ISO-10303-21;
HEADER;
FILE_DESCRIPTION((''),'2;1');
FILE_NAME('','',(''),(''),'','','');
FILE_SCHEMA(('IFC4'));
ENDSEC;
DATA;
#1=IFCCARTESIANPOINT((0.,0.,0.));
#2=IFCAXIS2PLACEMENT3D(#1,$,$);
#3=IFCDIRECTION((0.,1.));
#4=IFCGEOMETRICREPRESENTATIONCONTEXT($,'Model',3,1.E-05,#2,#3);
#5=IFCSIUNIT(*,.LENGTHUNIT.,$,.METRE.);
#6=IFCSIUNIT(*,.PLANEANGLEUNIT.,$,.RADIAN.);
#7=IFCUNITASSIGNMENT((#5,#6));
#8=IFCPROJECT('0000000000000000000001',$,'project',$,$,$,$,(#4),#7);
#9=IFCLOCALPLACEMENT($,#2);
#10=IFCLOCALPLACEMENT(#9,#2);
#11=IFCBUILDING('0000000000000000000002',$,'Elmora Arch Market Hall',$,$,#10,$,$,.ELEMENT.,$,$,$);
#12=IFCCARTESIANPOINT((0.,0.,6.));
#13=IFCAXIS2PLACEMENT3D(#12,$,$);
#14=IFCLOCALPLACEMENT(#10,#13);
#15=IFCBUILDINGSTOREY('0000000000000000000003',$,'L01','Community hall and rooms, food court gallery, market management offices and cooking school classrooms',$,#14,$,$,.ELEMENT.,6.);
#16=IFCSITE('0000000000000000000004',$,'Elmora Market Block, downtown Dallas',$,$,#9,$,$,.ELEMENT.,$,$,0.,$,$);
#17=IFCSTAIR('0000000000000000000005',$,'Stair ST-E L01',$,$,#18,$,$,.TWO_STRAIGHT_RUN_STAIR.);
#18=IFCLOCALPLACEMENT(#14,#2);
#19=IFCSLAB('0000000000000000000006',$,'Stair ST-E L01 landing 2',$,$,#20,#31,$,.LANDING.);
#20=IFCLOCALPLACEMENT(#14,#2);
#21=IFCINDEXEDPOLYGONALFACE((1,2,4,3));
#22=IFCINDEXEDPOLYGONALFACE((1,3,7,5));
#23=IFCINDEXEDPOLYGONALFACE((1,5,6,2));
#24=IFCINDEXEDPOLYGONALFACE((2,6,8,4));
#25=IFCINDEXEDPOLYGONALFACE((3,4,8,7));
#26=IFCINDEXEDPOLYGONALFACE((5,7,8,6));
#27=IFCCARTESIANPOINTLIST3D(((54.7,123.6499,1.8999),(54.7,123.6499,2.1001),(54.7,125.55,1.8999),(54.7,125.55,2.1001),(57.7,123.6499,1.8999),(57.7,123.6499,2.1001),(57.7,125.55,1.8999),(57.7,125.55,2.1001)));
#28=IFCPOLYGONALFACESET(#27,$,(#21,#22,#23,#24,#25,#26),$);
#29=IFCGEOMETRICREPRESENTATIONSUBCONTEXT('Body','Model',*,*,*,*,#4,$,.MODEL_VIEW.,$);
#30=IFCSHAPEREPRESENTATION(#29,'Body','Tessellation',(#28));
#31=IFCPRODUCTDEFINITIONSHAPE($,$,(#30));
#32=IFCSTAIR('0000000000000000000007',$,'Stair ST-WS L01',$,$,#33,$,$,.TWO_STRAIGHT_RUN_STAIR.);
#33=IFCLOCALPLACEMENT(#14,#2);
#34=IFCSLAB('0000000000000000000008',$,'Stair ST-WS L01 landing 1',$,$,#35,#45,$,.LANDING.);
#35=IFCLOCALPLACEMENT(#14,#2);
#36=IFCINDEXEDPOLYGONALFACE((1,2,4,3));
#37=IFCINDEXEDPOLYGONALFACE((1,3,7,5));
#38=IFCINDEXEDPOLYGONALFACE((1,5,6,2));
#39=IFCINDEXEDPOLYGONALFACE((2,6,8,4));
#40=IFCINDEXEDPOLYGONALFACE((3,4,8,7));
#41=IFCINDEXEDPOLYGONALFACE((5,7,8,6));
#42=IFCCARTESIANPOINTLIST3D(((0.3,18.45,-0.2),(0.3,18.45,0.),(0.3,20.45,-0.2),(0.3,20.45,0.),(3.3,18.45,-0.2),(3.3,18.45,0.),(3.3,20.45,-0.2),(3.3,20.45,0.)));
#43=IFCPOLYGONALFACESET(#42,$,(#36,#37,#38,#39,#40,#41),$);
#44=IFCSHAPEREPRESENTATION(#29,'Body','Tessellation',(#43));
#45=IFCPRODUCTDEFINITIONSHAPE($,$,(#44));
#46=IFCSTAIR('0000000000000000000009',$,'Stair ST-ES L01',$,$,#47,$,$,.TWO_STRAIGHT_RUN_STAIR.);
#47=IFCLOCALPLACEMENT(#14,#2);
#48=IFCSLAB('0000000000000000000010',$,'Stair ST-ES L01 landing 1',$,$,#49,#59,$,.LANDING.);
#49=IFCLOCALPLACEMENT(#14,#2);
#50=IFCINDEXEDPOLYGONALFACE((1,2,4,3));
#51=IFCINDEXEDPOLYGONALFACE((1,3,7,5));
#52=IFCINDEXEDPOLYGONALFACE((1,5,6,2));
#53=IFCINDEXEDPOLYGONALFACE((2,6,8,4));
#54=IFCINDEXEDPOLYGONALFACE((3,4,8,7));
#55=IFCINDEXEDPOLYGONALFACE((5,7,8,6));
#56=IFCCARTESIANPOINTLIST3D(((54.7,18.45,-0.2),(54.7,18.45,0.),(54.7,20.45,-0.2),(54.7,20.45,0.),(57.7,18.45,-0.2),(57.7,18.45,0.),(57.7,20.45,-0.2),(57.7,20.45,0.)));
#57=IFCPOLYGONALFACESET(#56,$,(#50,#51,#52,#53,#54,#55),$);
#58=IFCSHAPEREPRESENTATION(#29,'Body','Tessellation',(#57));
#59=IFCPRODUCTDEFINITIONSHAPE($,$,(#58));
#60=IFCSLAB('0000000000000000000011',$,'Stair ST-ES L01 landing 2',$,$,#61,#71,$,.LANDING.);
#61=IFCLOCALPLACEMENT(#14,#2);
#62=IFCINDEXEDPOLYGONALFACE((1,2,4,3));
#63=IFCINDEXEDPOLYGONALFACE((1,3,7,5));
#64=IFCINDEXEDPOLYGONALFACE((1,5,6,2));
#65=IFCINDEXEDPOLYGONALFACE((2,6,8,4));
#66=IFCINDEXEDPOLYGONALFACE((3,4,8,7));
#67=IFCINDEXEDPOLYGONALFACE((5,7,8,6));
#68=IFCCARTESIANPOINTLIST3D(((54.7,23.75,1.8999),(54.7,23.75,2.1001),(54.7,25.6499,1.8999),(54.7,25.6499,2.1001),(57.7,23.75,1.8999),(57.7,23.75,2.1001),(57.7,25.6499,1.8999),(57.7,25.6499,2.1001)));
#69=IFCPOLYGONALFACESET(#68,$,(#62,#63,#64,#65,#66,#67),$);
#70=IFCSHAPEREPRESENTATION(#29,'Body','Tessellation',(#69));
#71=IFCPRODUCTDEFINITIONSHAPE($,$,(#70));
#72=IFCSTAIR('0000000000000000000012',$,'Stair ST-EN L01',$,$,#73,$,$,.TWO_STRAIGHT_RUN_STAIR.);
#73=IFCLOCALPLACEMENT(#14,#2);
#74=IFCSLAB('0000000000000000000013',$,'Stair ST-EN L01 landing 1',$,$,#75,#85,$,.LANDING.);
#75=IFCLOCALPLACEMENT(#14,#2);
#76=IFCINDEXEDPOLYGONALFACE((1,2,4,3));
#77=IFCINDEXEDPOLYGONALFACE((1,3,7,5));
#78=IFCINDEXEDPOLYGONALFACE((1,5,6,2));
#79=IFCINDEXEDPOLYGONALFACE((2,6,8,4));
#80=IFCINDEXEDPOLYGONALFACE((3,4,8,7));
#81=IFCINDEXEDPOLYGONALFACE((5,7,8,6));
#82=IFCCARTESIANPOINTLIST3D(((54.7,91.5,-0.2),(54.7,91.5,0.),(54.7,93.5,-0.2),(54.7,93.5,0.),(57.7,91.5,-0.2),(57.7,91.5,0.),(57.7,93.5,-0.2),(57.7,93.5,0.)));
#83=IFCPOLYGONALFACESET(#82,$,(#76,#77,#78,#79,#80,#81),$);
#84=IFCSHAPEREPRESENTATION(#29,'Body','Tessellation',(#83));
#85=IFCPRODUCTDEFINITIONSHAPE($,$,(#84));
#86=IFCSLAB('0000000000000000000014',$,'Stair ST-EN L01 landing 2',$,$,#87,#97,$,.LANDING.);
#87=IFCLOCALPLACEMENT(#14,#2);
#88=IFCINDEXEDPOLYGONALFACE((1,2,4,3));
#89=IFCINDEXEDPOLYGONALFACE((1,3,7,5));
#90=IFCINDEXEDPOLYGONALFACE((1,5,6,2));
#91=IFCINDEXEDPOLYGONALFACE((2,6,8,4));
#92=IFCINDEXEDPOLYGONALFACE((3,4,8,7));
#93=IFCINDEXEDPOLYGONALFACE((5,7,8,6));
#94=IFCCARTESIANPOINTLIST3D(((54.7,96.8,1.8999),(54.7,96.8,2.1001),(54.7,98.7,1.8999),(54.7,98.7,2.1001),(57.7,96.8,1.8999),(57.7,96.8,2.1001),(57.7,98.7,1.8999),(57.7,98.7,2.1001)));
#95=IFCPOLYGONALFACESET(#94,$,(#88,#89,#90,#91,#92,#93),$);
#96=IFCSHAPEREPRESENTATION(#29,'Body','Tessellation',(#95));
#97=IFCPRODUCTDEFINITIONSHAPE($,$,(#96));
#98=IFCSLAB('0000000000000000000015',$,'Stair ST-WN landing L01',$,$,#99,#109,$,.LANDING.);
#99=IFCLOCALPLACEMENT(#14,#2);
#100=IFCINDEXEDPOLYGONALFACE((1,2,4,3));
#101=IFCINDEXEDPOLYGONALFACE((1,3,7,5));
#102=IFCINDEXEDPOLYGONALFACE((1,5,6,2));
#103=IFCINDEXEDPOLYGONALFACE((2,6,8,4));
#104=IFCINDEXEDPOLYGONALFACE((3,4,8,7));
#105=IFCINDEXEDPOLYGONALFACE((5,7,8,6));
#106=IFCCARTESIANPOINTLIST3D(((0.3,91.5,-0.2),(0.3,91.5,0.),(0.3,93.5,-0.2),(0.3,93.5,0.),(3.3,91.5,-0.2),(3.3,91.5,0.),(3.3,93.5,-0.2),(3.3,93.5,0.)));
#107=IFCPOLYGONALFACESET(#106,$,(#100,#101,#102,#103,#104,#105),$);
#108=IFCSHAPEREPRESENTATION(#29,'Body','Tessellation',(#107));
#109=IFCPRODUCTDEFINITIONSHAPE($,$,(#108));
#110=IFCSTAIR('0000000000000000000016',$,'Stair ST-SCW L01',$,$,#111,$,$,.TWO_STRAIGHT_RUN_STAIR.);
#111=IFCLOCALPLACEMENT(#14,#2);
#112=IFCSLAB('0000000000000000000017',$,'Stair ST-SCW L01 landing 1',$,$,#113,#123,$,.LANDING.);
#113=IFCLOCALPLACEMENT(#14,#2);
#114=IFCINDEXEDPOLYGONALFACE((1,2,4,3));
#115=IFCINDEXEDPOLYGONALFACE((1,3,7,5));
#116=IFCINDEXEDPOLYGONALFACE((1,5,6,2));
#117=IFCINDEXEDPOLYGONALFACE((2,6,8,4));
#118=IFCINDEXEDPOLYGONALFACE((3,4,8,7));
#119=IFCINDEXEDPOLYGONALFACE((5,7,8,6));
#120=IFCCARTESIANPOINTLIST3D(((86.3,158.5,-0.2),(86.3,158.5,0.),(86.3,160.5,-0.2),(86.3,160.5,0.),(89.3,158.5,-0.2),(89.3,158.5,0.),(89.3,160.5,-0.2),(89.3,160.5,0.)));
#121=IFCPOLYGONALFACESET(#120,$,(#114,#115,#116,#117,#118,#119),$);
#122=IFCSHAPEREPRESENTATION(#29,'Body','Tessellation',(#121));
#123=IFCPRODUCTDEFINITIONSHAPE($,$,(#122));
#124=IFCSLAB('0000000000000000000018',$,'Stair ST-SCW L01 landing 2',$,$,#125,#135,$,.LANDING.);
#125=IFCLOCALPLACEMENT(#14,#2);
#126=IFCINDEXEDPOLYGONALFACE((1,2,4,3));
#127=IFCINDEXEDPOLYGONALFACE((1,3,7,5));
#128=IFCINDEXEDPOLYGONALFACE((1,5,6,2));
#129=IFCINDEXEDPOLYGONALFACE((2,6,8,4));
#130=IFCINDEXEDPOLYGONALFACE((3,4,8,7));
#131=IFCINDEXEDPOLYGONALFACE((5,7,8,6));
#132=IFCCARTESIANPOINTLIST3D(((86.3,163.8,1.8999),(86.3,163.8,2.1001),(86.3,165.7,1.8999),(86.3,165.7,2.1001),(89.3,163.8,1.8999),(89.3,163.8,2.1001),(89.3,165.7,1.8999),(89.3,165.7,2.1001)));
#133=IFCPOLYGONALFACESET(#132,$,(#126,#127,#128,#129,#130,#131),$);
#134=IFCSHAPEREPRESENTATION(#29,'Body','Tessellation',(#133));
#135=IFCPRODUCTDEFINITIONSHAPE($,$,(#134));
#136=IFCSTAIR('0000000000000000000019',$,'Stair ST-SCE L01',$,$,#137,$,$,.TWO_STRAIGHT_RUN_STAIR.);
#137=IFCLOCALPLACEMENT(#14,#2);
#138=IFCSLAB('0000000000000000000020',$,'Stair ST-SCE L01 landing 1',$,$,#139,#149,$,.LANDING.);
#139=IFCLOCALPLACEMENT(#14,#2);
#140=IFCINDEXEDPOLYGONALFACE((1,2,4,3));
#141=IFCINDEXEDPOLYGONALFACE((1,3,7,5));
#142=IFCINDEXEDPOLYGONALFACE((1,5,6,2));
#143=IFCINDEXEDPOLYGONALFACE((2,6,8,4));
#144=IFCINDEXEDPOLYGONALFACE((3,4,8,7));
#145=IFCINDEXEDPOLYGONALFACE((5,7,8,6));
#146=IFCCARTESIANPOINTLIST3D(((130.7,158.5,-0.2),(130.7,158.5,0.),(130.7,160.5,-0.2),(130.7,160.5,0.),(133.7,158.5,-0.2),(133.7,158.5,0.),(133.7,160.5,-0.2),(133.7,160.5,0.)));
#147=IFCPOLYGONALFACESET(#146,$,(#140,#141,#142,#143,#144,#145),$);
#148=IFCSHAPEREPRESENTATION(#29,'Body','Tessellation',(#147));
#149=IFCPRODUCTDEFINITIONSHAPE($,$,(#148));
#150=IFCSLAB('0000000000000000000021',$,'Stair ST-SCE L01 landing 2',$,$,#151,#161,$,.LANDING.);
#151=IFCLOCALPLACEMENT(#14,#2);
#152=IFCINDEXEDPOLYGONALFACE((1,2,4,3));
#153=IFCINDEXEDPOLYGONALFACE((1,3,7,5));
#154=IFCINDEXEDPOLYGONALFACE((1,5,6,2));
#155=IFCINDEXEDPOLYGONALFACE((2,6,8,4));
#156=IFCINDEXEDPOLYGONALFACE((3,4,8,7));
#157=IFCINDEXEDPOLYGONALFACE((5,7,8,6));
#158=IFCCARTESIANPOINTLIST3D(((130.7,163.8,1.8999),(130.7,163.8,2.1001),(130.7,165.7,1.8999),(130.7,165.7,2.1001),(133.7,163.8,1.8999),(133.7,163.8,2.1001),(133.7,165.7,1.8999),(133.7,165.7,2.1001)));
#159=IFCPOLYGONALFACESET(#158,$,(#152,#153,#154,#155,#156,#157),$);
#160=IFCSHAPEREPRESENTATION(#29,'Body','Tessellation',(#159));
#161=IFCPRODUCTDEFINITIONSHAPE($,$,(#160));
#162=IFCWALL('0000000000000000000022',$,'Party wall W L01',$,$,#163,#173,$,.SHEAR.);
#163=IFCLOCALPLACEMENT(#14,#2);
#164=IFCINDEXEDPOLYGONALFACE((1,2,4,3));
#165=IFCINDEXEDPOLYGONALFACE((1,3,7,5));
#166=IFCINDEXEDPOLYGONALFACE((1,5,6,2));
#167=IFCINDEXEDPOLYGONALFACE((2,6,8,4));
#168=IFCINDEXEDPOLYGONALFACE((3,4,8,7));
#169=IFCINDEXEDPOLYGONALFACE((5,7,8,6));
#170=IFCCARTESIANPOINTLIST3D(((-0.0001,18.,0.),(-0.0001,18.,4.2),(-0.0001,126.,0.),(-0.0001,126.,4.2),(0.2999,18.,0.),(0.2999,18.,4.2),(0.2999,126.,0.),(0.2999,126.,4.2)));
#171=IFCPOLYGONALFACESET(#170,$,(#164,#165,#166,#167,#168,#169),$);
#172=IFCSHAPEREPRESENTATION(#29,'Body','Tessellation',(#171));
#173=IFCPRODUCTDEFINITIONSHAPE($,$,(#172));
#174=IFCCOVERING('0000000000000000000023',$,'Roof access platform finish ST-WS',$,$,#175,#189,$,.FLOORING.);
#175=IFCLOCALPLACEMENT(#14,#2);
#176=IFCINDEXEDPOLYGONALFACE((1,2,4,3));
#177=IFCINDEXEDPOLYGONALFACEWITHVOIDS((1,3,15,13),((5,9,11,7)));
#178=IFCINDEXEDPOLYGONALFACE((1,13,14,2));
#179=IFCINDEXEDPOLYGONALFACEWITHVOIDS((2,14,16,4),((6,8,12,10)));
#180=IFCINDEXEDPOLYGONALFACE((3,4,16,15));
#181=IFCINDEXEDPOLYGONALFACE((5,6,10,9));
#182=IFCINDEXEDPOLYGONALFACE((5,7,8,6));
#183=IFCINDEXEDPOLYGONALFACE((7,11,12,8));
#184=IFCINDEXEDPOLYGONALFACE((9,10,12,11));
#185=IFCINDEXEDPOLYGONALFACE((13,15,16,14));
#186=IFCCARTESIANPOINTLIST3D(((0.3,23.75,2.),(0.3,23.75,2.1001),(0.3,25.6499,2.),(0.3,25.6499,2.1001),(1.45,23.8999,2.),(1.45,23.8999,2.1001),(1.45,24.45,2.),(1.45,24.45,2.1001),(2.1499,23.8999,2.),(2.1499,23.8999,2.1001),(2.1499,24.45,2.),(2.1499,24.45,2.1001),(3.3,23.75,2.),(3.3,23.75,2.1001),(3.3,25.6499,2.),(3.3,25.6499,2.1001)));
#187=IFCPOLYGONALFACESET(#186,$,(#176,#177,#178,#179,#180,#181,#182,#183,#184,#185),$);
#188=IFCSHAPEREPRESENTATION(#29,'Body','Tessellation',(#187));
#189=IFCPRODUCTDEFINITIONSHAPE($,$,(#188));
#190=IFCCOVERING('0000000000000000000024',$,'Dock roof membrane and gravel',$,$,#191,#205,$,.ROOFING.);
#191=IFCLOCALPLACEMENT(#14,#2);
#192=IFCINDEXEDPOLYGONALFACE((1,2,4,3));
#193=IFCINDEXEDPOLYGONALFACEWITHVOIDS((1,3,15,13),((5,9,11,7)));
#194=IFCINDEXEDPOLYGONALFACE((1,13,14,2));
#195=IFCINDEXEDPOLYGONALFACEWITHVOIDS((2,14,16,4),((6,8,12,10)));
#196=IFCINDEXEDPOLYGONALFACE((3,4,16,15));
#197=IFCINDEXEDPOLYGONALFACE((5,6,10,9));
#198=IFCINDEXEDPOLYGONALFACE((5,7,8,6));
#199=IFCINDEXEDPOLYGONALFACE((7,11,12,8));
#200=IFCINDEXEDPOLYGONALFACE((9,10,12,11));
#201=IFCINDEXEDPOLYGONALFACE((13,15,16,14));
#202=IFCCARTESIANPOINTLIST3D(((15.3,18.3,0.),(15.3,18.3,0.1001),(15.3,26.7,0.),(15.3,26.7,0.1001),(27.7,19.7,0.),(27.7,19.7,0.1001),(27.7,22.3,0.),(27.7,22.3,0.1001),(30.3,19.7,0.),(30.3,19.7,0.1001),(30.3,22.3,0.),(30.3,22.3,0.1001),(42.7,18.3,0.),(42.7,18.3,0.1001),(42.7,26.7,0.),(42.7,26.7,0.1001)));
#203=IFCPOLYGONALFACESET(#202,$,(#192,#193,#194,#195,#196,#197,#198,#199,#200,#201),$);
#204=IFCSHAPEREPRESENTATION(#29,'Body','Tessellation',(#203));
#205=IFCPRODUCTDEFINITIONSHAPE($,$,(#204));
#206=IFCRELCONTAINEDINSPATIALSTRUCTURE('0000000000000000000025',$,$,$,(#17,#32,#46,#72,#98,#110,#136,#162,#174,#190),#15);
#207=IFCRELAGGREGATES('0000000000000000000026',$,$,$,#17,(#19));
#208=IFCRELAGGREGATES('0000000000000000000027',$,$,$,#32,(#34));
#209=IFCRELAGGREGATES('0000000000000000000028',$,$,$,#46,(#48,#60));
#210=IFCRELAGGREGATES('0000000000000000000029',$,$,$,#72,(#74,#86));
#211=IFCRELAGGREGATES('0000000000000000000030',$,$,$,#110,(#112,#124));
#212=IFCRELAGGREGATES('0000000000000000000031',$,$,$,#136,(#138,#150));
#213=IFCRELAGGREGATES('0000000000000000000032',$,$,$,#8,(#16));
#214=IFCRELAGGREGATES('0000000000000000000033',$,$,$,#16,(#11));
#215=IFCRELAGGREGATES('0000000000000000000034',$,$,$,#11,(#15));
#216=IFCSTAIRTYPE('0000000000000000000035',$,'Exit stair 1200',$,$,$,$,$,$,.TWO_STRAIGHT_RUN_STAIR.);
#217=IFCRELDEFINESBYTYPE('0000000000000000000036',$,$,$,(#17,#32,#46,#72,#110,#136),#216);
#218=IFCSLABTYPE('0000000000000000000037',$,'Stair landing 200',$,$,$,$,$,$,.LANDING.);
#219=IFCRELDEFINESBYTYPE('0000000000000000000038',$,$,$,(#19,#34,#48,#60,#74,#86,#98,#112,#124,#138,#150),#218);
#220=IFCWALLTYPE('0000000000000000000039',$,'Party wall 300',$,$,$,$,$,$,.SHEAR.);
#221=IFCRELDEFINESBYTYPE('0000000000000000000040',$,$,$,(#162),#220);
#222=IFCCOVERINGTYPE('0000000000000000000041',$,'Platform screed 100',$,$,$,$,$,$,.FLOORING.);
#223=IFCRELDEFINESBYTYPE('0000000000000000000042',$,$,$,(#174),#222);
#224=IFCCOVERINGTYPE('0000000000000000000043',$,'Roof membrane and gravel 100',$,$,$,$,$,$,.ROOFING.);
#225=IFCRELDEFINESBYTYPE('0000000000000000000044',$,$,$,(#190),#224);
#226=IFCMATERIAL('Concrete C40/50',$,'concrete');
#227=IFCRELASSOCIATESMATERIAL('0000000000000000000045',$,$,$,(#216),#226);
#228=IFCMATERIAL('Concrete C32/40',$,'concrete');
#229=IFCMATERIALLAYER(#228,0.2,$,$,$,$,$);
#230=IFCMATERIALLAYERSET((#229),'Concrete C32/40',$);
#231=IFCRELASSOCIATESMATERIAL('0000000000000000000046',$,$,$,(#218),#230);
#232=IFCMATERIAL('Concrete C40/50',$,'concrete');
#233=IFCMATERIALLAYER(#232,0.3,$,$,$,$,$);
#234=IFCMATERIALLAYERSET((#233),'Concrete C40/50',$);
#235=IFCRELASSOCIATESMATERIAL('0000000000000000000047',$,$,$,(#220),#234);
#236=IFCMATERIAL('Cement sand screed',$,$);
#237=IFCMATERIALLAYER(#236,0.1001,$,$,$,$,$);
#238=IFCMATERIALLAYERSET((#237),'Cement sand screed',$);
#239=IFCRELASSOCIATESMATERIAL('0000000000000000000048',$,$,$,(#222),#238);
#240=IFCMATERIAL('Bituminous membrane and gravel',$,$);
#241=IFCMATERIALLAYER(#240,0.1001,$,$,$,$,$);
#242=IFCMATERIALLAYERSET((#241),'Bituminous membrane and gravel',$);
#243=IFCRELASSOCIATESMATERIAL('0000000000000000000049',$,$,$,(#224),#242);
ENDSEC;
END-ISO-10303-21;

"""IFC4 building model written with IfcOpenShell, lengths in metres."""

from ifc_helpers import new_model, si_unit, direction, frame, frame_2d, origin, place, context, subcontext, project, spatial, polyline, rectangle, outline, extrude, material, layer, layer_set, type_object, element, aggregate, save


model = new_model("IFC4")

# Units and contexts
model_context = context("Model", 3, precision=1e-05, world=origin(), true_north=direction((0.0, 1.0)))
body_context = subcontext(model_context, "Body", "Model", "MODEL_VIEW")
ifc_project = project(units=[si_unit("LENGTHUNIT", "METRE"), si_unit("PLANEANGLEUNIT", "RADIAN")], contexts=[model_context])

# Site, building, storey
site_placement = place(None, origin())
site = spatial("IfcSite", under=ifc_project, at=site_placement, Name="Elmora Market Block, downtown Dallas", CompositionType="ELEMENT", RefElevation=0.0)
building_placement = place(site_placement, origin())
building = spatial("IfcBuilding", under=site, at=building_placement, Name="Elmora Arch Market Hall", CompositionType="ELEMENT")
storey_placement = place(building_placement, frame((0.0, 0.0, 6.0)))
storey = spatial("IfcBuildingStorey", under=building, at=storey_placement, Name="L01", Description="Community hall and rooms, food court gallery, market management offices and cooking school classrooms", CompositionType="ELEMENT", Elevation=6.0)

# Stair, slab
ifc_material_1 = material(Name="Concrete C40/50", Category="concrete")
stair_type = type_object("IfcStairType", Name="Exit stair 1200", PredefinedType="TWO_STRAIGHT_RUN_STAIR", material=ifc_material_1)
ifc_material_2 = material(Name="Concrete C32/40", Category="concrete")
ifc_layer_1 = layer(ifc_material_2, 0.2)
ifc_layer_set_1 = layer_set([ifc_layer_1], Name="Concrete C32/40")
slab_type_1 = type_object("IfcSlabType", Name="Stair landing 200", PredefinedType="LANDING", material=ifc_layer_set_1)
stair_1_placement = place(storey_placement, origin())
stair_1 = element("IfcStair", 1, at=stair_1_placement, inside=storey, type_object=stair_type, Name="Stair ST-E L01", PredefinedType="TWO_STRAIGHT_RUN_STAIR")
slab_1_placement = place(storey_placement, frame((0.0, 0.0, 1.8999)))
slab_1 = element("IfcSlab", 2, at=slab_1_placement, type_object=slab_type_1, Name="Stair ST-E L01 landing 2", PredefinedType="LANDING", context=body_context, shape_type="SweptSolid", body=[
    extrude(outline(polyline([(54.7, 123.6499), (57.7, 123.6499), (57.7, 125.55), (54.7, 125.55), (54.7, 123.6499)])), origin(), (0.0, 0.0, 1.0), 0.2002),
])
aggregate(stair_1, [slab_1])

# Stair, slab
stair_2_placement = place(storey_placement, origin())
stair_2 = element("IfcStair", 3, at=stair_2_placement, inside=storey, type_object=stair_type, Name="Stair ST-WS L01", PredefinedType="TWO_STRAIGHT_RUN_STAIR")
slab_2_placement = place(storey_placement, frame((0.0, 0.0, -0.2)))
slab_2 = element("IfcSlab", 4, at=slab_2_placement, type_object=slab_type_1, Name="Stair ST-WS L01 landing 1", PredefinedType="LANDING", context=body_context, shape_type="SweptSolid", body=[
    extrude(outline(polyline([(0.3, 18.45), (3.3, 18.45), (3.3, 20.45), (0.3, 20.45), (0.3, 18.45)])), origin(), (0.0, 0.0, 1.0), 0.2),
])
aggregate(stair_2, [slab_2])

# Stairs, slabs
stair_3_placement = place(storey_placement, origin())
stair_3 = element("IfcStair", 5, at=stair_3_placement, inside=storey, type_object=stair_type, Name="Stair ST-ES L01", PredefinedType="TWO_STRAIGHT_RUN_STAIR")
slab_3_placement = place(storey_placement, frame((0.0, 0.0, -0.2)))
slab_3 = element("IfcSlab", 6, at=slab_3_placement, type_object=slab_type_1, Name="Stair ST-ES L01 landing 1", PredefinedType="LANDING", context=body_context, shape_type="SweptSolid", body=[
    extrude(outline(polyline([(54.7, 18.45), (57.7, 18.45), (57.7, 20.45), (54.7, 20.45), (54.7, 18.45)])), origin(), (0.0, 0.0, 1.0), 0.2),
])
slab_4_placement = place(storey_placement, frame((0.0, 0.0, 1.8999)))
slab_4 = element("IfcSlab", 7, at=slab_4_placement, type_object=slab_type_1, Name="Stair ST-ES L01 landing 2", PredefinedType="LANDING", context=body_context, shape_type="SweptSolid", body=[
    extrude(outline(polyline([(54.7, 23.75), (57.7, 23.75), (57.7, 25.6499), (54.7, 25.6499), (54.7, 23.75)])), origin(), (0.0, 0.0, 1.0), 0.2002),
])
aggregate(stair_3, [slab_3, slab_4])
stair_4_placement = place(storey_placement, origin())
stair_4 = element("IfcStair", 8, at=stair_4_placement, inside=storey, type_object=stair_type, Name="Stair ST-EN L01", PredefinedType="TWO_STRAIGHT_RUN_STAIR")
slab_5_placement = place(storey_placement, frame((0.0, 0.0, -0.2)))
slab_5 = element("IfcSlab", 9, at=slab_5_placement, type_object=slab_type_1, Name="Stair ST-EN L01 landing 1", PredefinedType="LANDING", context=body_context, shape_type="SweptSolid", body=[
    extrude(outline(polyline([(54.7, 91.5), (57.7, 91.5), (57.7, 93.5), (54.7, 93.5), (54.7, 91.5)])), origin(), (0.0, 0.0, 1.0), 0.2),
])
slab_6_placement = place(storey_placement, frame((0.0, 0.0, 1.8999)))
slab_6 = element("IfcSlab", 10, at=slab_6_placement, type_object=slab_type_1, Name="Stair ST-EN L01 landing 2", PredefinedType="LANDING", context=body_context, shape_type="SweptSolid", body=[
    extrude(outline(polyline([(54.7, 96.8), (57.7, 96.8), (57.7, 98.7), (54.7, 98.7), (54.7, 96.8)])), origin(), (0.0, 0.0, 1.0), 0.2002),
])
aggregate(stair_4, [slab_5, slab_6])

# Slab
slab_7_placement = place(storey_placement, frame((0.0, 0.0, -0.2)))
element("IfcSlab", 11, at=slab_7_placement, inside=storey, type_object=slab_type_1, Name="Stair ST-WN landing L01", PredefinedType="LANDING", context=body_context, shape_type="SweptSolid", body=[
    extrude(outline(polyline([(0.3, 91.5), (3.3, 91.5), (3.3, 93.5), (0.3, 93.5), (0.3, 91.5)])), origin(), (0.0, 0.0, 1.0), 0.2),
])

# Stairs, slabs
stair_5_placement = place(storey_placement, origin())
stair_5 = element("IfcStair", 12, at=stair_5_placement, inside=storey, type_object=stair_type, Name="Stair ST-SCW L01", PredefinedType="TWO_STRAIGHT_RUN_STAIR")
slab_8_placement = place(storey_placement, frame((0.0, 0.0, -0.2)))
slab_8 = element("IfcSlab", 13, at=slab_8_placement, type_object=slab_type_1, Name="Stair ST-SCW L01 landing 1", PredefinedType="LANDING", context=body_context, shape_type="SweptSolid", body=[
    extrude(outline(polyline([(86.3, 158.5), (89.3, 158.5), (89.3, 160.5), (86.3, 160.5), (86.3, 158.5)])), origin(), (0.0, 0.0, 1.0), 0.2),
])
slab_9_placement = place(storey_placement, frame((0.0, 0.0, 1.8999)))
slab_9 = element("IfcSlab", 14, at=slab_9_placement, type_object=slab_type_1, Name="Stair ST-SCW L01 landing 2", PredefinedType="LANDING", context=body_context, shape_type="SweptSolid", body=[
    extrude(outline(polyline([(86.3, 163.8), (89.3, 163.8), (89.3, 165.7), (86.3, 165.7), (86.3, 163.8)])), origin(), (0.0, 0.0, 1.0), 0.2002),
])
aggregate(stair_5, [slab_8, slab_9])
stair_6_placement = place(storey_placement, origin())
stair_6 = element("IfcStair", 15, at=stair_6_placement, inside=storey, type_object=stair_type, Name="Stair ST-SCE L01", PredefinedType="TWO_STRAIGHT_RUN_STAIR")
slab_10_placement = place(storey_placement, frame((0.0, 0.0, -0.2)))
slab_10 = element("IfcSlab", 16, at=slab_10_placement, type_object=slab_type_1, Name="Stair ST-SCE L01 landing 1", PredefinedType="LANDING", context=body_context, shape_type="SweptSolid", body=[
    extrude(outline(polyline([(130.7, 158.5), (133.7, 158.5), (133.7, 160.5), (130.7, 160.5), (130.7, 158.5)])), origin(), (0.0, 0.0, 1.0), 0.2),
])
slab_11_placement = place(storey_placement, frame((0.0, 0.0, 1.8999)))
slab_11 = element("IfcSlab", 17, at=slab_11_placement, type_object=slab_type_1, Name="Stair ST-SCE L01 landing 2", PredefinedType="LANDING", context=body_context, shape_type="SweptSolid", body=[
    extrude(outline(polyline([(130.7, 163.8), (133.7, 163.8), (133.7, 165.7), (130.7, 165.7), (130.7, 163.8)])), origin(), (0.0, 0.0, 1.0), 0.2002),
])
aggregate(stair_6, [slab_10, slab_11])

# Wall
ifc_material_3 = material(Name="Concrete C40/50", Category="concrete")
ifc_layer_2 = layer(ifc_material_3, 0.3)
ifc_layer_set_2 = layer_set([ifc_layer_2], Name="Concrete C40/50")
wall_type = type_object("IfcWallType", Name="Party wall 300", PredefinedType="SHEAR", material=ifc_layer_set_2)
wall_placement = place(storey_placement, frame((0.1499, 18.0, 0.0), z_axis=(0.0, 0.0, 1.0), x_axis=(0.0, 1.0, 0.0)))
element("IfcWall", 18, at=wall_placement, inside=storey, type_object=wall_type, Name="Party wall W L01", PredefinedType="SHEAR", context=body_context, shape_type="SweptSolid", body=[
    extrude(rectangle(XDim=108.0, YDim=0.3, at=frame_2d((54.0, 0.0))), origin(), (0.0, 0.0, 1.0), 4.2),
])

# Coverings
ifc_material_4 = material(Name="Cement sand screed")
ifc_layer_3 = layer(ifc_material_4, 0.1001)
ifc_layer_set_3 = layer_set([ifc_layer_3], Name="Cement sand screed")
covering_type_1 = type_object("IfcCoveringType", Name="Platform screed 100", PredefinedType="FLOORING", material=ifc_layer_set_3)
covering_1_placement = place(storey_placement, frame((0.0, 0.0, 2.0)))
element("IfcCovering", 19, at=covering_1_placement, inside=storey, type_object=covering_type_1, Name="Roof access platform finish ST-WS", PredefinedType="FLOORING", context=body_context, shape_type="SweptSolid", body=[
    extrude(outline(polyline([(0.3, 23.75), (3.3, 23.75), (3.3, 25.6499), (0.3, 25.6499), (0.3, 23.75)]), holes=[polyline([(1.45, 23.8999), (2.1499, 23.8999), (2.1499, 24.45), (1.45, 24.45), (1.45, 23.8999)])]), origin(), (0.0, 0.0, 1.0), 0.1001),
])
ifc_material_5 = material(Name="Bituminous membrane and gravel")
ifc_layer_4 = layer(ifc_material_5, 0.1001)
ifc_layer_set_4 = layer_set([ifc_layer_4], Name="Bituminous membrane and gravel")
covering_type_2 = type_object("IfcCoveringType", Name="Roof membrane and gravel 100", PredefinedType="ROOFING", material=ifc_layer_set_4)
covering_2_placement = place(storey_placement, origin())
element("IfcCovering", 20, at=covering_2_placement, inside=storey, type_object=covering_type_2, Name="Dock roof membrane and gravel", PredefinedType="ROOFING", context=body_context, shape_type="SweptSolid", body=[
    extrude(outline(polyline([(15.3, 18.3), (15.3, 26.7), (42.7, 26.7), (42.7, 18.3), (15.3, 18.3)]), holes=[polyline([(30.3, 22.3), (27.7, 22.3), (27.7, 19.7), (30.3, 19.7), (30.3, 22.3)])]), origin(), (0.0, 0.0, 1.0), 0.1001),
])

save(model, "model.ifc")
